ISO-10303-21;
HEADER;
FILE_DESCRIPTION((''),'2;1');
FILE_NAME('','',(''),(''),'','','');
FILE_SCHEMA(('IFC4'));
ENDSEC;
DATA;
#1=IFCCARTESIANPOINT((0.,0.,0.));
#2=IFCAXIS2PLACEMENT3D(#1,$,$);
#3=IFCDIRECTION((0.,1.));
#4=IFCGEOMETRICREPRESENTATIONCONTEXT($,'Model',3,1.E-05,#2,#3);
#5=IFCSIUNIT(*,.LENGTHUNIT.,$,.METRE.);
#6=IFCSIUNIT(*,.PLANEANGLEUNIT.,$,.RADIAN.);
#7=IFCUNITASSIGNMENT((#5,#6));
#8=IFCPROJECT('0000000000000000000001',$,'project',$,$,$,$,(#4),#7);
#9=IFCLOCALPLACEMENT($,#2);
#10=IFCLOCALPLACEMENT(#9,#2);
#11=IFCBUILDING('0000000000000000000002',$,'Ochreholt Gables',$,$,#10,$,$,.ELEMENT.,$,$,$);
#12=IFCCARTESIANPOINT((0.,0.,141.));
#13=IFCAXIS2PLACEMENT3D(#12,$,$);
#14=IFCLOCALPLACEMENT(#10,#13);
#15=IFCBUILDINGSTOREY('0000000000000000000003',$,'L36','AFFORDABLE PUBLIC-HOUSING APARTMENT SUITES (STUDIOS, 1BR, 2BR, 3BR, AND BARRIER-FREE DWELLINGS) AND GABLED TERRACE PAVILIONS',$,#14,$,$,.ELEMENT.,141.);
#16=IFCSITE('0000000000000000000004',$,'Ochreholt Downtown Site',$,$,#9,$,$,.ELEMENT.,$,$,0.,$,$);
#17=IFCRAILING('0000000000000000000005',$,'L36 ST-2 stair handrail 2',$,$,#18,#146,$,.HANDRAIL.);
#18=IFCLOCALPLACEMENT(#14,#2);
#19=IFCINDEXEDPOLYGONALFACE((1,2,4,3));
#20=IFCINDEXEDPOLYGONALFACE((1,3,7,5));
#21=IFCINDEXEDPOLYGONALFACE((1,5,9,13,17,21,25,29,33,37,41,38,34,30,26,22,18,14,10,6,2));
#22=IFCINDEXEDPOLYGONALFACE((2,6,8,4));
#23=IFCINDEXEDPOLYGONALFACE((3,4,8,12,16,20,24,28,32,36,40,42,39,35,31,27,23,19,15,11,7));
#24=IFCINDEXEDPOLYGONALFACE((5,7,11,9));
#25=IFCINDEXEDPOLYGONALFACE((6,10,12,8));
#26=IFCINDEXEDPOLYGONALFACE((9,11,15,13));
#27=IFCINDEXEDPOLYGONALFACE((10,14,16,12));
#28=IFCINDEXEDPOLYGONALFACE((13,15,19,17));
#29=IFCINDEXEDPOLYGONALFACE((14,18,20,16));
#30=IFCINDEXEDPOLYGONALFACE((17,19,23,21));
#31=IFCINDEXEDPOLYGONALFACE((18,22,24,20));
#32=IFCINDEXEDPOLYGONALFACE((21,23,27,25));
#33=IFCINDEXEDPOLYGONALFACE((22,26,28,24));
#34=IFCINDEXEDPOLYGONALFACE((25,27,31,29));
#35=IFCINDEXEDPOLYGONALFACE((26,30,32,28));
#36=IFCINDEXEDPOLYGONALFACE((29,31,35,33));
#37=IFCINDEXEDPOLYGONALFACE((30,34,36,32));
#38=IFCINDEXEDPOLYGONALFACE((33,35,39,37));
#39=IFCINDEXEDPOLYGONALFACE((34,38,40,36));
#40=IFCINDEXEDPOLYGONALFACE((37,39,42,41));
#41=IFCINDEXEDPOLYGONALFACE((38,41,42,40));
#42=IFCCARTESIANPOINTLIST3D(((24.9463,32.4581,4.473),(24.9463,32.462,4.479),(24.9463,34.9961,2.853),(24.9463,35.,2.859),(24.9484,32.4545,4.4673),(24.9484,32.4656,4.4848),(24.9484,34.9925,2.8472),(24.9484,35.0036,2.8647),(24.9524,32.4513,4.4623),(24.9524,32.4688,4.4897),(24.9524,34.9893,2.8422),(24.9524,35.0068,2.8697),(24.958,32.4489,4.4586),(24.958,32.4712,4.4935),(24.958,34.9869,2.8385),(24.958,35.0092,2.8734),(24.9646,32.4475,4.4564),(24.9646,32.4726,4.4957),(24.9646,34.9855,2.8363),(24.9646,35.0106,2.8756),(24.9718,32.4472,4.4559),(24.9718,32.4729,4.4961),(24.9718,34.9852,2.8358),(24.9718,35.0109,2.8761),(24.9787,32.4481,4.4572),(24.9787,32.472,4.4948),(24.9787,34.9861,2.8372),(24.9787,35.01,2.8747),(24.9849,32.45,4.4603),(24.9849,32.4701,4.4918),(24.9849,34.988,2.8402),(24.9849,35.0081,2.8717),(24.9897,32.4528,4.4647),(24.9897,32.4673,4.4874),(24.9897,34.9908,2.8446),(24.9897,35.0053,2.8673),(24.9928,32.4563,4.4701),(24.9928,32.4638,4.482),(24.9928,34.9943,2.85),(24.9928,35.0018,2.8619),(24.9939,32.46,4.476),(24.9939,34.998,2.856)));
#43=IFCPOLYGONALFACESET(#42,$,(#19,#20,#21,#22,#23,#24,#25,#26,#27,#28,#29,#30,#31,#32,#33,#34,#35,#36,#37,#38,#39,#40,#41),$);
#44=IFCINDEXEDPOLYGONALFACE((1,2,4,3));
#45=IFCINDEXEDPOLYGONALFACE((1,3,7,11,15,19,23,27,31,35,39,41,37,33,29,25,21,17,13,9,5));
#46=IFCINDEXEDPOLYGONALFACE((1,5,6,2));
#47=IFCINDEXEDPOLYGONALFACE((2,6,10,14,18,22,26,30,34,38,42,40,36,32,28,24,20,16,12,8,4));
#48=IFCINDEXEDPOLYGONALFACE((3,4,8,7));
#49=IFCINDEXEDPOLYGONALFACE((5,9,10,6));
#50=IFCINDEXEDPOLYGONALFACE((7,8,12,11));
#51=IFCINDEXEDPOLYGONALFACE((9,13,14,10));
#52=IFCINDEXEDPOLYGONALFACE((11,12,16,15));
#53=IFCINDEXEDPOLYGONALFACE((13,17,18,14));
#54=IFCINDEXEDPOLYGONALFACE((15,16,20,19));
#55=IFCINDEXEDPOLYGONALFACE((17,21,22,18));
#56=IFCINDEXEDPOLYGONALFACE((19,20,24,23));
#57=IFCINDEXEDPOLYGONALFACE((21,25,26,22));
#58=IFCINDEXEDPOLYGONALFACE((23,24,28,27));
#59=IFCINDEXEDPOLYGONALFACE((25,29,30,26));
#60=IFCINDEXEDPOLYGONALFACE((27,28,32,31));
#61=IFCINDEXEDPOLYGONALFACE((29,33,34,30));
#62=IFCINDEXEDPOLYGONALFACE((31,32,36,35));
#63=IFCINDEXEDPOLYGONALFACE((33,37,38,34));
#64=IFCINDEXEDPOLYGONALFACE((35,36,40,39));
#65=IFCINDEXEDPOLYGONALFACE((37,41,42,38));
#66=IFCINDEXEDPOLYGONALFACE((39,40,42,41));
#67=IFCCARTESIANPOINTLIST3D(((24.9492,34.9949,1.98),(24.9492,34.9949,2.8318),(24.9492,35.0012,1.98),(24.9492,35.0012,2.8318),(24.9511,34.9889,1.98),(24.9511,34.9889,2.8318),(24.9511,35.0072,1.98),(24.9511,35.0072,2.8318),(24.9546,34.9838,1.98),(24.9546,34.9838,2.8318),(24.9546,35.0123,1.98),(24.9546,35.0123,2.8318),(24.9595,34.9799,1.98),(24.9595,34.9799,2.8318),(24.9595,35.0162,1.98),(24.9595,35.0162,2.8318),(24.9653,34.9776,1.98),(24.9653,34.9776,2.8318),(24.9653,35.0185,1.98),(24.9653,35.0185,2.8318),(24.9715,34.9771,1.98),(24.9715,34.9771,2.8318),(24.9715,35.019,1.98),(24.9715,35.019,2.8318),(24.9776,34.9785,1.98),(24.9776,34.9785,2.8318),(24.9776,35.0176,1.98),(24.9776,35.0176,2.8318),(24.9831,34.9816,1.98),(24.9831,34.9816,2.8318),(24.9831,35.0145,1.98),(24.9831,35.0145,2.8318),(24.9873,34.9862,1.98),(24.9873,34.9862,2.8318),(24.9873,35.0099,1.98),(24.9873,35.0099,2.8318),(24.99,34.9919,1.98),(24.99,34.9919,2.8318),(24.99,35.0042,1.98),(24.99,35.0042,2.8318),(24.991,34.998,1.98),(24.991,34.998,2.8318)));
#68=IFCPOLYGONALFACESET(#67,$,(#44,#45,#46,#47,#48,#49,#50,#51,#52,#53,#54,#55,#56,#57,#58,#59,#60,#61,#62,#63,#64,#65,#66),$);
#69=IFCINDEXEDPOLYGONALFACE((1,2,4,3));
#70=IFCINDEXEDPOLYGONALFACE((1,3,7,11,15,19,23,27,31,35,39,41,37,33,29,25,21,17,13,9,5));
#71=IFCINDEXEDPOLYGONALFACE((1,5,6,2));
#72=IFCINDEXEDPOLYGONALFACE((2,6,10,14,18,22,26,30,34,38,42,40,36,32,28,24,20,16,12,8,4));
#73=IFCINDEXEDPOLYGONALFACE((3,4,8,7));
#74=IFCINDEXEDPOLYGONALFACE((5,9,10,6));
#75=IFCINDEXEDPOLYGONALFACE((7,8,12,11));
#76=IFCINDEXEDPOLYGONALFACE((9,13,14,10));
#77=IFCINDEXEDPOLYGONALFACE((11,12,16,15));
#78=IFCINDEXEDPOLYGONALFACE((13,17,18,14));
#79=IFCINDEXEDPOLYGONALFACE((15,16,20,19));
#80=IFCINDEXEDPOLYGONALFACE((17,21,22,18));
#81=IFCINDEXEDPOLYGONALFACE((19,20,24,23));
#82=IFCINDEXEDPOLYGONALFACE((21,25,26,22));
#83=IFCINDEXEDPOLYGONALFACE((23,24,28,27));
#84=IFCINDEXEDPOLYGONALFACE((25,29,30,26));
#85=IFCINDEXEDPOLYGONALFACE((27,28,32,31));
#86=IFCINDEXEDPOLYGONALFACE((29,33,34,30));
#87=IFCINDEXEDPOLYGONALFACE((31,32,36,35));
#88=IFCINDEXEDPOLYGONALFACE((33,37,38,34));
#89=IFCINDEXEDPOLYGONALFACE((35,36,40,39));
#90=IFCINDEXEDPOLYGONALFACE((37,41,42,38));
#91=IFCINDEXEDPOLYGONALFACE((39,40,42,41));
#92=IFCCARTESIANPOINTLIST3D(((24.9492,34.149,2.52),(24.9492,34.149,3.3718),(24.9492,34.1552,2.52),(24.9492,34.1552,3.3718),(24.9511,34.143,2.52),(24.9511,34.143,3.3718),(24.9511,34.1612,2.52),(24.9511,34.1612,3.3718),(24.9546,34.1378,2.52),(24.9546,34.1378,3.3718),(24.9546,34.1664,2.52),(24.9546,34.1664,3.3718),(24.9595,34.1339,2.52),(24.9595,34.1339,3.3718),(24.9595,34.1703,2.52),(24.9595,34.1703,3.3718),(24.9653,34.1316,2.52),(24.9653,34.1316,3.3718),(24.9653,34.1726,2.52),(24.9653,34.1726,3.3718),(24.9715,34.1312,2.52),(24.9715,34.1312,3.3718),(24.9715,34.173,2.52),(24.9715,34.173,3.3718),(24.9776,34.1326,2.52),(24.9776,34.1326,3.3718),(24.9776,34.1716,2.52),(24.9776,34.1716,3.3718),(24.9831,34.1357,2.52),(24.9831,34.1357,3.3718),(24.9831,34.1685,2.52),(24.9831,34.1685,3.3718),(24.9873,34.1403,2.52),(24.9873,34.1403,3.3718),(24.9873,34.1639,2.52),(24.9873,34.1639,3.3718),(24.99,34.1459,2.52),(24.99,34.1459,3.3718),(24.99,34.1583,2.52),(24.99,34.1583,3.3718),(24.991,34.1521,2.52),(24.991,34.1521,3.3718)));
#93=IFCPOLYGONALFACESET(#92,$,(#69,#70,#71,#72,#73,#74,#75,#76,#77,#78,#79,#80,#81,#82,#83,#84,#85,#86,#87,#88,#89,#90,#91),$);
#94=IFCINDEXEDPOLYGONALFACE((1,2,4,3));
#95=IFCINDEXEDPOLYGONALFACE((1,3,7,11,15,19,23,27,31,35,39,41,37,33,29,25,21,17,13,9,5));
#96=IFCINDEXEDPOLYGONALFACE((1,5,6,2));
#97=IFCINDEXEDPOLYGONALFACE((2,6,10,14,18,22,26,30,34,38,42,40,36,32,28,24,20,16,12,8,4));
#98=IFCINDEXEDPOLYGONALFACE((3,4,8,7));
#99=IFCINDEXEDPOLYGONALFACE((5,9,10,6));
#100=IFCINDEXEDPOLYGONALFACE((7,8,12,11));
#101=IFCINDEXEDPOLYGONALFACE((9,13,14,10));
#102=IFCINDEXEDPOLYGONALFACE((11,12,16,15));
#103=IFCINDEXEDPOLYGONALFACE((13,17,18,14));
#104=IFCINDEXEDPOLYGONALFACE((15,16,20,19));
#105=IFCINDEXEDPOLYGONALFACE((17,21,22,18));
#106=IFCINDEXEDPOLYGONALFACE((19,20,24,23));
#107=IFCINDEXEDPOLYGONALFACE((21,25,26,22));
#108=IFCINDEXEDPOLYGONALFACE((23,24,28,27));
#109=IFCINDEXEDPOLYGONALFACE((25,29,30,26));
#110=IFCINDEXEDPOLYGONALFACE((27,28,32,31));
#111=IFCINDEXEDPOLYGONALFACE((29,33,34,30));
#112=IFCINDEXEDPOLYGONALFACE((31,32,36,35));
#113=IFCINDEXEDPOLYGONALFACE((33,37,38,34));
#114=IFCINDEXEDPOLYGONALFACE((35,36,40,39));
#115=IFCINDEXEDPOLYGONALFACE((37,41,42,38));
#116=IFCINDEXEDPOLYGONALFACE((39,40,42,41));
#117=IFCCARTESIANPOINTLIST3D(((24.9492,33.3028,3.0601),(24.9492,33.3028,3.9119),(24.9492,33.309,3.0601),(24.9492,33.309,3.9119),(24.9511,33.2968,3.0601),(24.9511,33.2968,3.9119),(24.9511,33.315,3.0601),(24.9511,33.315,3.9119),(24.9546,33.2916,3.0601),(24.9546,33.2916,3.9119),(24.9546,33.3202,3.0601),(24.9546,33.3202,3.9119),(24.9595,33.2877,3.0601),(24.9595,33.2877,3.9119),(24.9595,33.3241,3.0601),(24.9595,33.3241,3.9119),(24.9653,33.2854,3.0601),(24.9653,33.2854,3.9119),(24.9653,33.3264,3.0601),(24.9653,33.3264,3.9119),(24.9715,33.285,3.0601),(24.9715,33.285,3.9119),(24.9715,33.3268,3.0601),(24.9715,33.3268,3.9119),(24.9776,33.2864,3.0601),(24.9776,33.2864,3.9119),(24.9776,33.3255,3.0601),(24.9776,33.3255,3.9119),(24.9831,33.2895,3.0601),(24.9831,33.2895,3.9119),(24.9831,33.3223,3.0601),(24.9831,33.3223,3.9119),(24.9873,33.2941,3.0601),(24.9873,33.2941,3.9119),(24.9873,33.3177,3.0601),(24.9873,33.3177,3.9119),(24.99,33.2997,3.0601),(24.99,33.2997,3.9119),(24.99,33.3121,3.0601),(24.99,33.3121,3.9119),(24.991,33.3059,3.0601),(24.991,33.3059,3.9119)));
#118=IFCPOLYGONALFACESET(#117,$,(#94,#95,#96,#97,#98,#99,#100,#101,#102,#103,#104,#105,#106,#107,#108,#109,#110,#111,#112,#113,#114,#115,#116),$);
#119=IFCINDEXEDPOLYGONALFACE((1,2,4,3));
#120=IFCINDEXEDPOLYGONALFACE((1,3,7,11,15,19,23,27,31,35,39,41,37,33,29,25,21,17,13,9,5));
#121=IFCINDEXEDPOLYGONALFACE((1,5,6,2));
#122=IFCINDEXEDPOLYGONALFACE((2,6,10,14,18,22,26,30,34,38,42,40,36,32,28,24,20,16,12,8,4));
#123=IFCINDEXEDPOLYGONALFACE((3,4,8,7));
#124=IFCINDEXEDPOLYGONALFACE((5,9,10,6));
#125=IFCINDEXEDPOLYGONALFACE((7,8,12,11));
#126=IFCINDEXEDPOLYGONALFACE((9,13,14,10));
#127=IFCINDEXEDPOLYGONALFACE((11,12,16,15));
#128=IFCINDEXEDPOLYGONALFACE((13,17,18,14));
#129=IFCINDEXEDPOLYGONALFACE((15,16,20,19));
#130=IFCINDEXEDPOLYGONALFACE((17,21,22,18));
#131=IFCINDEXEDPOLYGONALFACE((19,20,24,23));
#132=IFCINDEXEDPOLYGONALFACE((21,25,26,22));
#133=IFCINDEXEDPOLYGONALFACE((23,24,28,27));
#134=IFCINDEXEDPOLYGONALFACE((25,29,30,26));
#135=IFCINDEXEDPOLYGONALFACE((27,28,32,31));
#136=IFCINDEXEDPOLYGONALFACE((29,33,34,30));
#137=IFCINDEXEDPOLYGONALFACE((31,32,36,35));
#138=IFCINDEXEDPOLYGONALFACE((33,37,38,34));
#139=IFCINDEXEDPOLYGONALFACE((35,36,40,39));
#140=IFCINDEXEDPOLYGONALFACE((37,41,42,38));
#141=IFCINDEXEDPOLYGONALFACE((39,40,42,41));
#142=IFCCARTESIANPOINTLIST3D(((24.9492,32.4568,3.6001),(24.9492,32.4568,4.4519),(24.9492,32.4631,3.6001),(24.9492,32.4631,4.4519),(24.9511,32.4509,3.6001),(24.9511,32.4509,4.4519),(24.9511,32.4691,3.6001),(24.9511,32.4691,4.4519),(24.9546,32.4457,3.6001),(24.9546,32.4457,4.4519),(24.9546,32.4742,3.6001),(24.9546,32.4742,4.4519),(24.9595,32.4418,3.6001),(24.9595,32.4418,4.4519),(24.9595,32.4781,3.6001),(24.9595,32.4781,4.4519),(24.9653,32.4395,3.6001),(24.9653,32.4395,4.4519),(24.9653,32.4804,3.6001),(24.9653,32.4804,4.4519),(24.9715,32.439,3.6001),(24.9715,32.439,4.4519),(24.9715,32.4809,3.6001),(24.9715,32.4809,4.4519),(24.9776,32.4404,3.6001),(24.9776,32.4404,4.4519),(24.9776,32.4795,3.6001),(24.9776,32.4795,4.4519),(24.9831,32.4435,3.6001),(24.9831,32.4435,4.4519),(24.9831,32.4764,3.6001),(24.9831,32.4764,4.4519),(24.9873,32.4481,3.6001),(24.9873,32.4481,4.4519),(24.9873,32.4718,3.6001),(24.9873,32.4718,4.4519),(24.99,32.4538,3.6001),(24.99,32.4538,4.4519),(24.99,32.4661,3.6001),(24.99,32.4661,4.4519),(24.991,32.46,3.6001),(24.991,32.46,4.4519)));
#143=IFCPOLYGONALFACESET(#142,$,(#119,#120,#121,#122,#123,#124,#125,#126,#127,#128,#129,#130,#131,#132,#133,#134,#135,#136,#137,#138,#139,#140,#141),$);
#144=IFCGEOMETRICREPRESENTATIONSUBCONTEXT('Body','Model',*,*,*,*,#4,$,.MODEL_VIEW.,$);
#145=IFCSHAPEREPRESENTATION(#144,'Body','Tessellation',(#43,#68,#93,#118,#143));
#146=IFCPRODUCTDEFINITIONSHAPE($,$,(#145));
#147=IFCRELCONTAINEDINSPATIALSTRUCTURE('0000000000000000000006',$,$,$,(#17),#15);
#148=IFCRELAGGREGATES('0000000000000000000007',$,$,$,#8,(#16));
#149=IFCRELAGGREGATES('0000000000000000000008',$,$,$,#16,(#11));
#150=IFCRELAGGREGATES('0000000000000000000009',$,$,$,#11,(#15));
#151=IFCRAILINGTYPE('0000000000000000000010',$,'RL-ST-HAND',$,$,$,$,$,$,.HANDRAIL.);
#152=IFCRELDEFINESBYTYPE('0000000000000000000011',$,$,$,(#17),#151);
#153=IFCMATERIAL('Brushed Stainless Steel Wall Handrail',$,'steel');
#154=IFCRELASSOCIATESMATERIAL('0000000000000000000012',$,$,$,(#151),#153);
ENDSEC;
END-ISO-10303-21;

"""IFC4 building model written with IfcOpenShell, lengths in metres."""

from ifc_helpers import new_model, si_unit, direction, frame, origin, origin_2d, place, context, subcontext, project, spatial, circle, extrude, material, type_object, element, save


model = new_model("IFC4")

# Units and contexts
model_context = context("Model", 3, precision=1e-05, world=origin(), true_north=direction((0.0, 1.0)))
body_context = subcontext(model_context, "Body", "Model", "MODEL_VIEW")
ifc_project = project(units=[si_unit("LENGTHUNIT", "METRE"), si_unit("PLANEANGLEUNIT", "RADIAN")], contexts=[model_context])

# Site, building, storey
site_placement = place(None, origin())
site = spatial("IfcSite", under=ifc_project, at=site_placement, Name="Ochreholt Downtown Site", CompositionType="ELEMENT", RefElevation=0.0)
building_placement = place(site_placement, origin())
building = spatial("IfcBuilding", under=site, at=building_placement, Name="Ochreholt Gables", CompositionType="ELEMENT")
storey_placement = place(building_placement, frame((0.0, 0.0, 141.0)))
storey = spatial("IfcBuildingStorey", under=building, at=storey_placement, Name="L36", Description="AFFORDABLE PUBLIC-HOUSING APARTMENT SUITES (STUDIOS, 1BR, 2BR, 3BR, AND BARRIER-FREE DWELLINGS) AND GABLED TERRACE PAVILIONS", CompositionType="ELEMENT", Elevation=141.0)

# Railing
ifc_material_1 = material(Name="Brushed Stainless Steel Wall Handrail", Category="steel")
railing_type_1 = type_object("IfcRailingType", Name="RL-ST-HAND", PredefinedType="HANDRAIL", material=ifc_material_1)
railing_1_placement = place(storey_placement, frame((24.97, 34.998, 1.98)))
element("IfcRailing", 1, at=railing_1_placement, inside=storey, type_object=railing_type_1, Name="L36 ST-2 stair handrail 2", PredefinedType="HANDRAIL", context=body_context, shape_type="SweptSolid", body=[
    extrude(circle(Radius=0.0239, at=origin_2d()), frame((0.0, 0.0, 0.876), z_axis=(0.0, -0.842913, 0.53805), x_axis=(1.0, 0.0, 0.0)), (0.0, 0.0, 1.0), 3.011),
    extrude(circle(Radius=0.021, at=origin_2d()), origin(), (0.0, 0.0, 1.0), 0.8518),
    extrude(circle(Radius=0.021, at=origin_2d()), frame((0.0, -0.8459, 0.54)), (0.0, 0.0, 1.0), 0.8518),
    extrude(circle(Radius=0.021, at=origin_2d()), frame((0.0, -1.6921, 1.0801)), (0.0, 0.0, 1.0), 0.8518),
    extrude(circle(Radius=0.021, at=origin_2d()), frame((0.0, -2.5381, 1.6201)), (0.0, 0.0, 1.0), 0.8518),
])

save(model, "model.ifc")
